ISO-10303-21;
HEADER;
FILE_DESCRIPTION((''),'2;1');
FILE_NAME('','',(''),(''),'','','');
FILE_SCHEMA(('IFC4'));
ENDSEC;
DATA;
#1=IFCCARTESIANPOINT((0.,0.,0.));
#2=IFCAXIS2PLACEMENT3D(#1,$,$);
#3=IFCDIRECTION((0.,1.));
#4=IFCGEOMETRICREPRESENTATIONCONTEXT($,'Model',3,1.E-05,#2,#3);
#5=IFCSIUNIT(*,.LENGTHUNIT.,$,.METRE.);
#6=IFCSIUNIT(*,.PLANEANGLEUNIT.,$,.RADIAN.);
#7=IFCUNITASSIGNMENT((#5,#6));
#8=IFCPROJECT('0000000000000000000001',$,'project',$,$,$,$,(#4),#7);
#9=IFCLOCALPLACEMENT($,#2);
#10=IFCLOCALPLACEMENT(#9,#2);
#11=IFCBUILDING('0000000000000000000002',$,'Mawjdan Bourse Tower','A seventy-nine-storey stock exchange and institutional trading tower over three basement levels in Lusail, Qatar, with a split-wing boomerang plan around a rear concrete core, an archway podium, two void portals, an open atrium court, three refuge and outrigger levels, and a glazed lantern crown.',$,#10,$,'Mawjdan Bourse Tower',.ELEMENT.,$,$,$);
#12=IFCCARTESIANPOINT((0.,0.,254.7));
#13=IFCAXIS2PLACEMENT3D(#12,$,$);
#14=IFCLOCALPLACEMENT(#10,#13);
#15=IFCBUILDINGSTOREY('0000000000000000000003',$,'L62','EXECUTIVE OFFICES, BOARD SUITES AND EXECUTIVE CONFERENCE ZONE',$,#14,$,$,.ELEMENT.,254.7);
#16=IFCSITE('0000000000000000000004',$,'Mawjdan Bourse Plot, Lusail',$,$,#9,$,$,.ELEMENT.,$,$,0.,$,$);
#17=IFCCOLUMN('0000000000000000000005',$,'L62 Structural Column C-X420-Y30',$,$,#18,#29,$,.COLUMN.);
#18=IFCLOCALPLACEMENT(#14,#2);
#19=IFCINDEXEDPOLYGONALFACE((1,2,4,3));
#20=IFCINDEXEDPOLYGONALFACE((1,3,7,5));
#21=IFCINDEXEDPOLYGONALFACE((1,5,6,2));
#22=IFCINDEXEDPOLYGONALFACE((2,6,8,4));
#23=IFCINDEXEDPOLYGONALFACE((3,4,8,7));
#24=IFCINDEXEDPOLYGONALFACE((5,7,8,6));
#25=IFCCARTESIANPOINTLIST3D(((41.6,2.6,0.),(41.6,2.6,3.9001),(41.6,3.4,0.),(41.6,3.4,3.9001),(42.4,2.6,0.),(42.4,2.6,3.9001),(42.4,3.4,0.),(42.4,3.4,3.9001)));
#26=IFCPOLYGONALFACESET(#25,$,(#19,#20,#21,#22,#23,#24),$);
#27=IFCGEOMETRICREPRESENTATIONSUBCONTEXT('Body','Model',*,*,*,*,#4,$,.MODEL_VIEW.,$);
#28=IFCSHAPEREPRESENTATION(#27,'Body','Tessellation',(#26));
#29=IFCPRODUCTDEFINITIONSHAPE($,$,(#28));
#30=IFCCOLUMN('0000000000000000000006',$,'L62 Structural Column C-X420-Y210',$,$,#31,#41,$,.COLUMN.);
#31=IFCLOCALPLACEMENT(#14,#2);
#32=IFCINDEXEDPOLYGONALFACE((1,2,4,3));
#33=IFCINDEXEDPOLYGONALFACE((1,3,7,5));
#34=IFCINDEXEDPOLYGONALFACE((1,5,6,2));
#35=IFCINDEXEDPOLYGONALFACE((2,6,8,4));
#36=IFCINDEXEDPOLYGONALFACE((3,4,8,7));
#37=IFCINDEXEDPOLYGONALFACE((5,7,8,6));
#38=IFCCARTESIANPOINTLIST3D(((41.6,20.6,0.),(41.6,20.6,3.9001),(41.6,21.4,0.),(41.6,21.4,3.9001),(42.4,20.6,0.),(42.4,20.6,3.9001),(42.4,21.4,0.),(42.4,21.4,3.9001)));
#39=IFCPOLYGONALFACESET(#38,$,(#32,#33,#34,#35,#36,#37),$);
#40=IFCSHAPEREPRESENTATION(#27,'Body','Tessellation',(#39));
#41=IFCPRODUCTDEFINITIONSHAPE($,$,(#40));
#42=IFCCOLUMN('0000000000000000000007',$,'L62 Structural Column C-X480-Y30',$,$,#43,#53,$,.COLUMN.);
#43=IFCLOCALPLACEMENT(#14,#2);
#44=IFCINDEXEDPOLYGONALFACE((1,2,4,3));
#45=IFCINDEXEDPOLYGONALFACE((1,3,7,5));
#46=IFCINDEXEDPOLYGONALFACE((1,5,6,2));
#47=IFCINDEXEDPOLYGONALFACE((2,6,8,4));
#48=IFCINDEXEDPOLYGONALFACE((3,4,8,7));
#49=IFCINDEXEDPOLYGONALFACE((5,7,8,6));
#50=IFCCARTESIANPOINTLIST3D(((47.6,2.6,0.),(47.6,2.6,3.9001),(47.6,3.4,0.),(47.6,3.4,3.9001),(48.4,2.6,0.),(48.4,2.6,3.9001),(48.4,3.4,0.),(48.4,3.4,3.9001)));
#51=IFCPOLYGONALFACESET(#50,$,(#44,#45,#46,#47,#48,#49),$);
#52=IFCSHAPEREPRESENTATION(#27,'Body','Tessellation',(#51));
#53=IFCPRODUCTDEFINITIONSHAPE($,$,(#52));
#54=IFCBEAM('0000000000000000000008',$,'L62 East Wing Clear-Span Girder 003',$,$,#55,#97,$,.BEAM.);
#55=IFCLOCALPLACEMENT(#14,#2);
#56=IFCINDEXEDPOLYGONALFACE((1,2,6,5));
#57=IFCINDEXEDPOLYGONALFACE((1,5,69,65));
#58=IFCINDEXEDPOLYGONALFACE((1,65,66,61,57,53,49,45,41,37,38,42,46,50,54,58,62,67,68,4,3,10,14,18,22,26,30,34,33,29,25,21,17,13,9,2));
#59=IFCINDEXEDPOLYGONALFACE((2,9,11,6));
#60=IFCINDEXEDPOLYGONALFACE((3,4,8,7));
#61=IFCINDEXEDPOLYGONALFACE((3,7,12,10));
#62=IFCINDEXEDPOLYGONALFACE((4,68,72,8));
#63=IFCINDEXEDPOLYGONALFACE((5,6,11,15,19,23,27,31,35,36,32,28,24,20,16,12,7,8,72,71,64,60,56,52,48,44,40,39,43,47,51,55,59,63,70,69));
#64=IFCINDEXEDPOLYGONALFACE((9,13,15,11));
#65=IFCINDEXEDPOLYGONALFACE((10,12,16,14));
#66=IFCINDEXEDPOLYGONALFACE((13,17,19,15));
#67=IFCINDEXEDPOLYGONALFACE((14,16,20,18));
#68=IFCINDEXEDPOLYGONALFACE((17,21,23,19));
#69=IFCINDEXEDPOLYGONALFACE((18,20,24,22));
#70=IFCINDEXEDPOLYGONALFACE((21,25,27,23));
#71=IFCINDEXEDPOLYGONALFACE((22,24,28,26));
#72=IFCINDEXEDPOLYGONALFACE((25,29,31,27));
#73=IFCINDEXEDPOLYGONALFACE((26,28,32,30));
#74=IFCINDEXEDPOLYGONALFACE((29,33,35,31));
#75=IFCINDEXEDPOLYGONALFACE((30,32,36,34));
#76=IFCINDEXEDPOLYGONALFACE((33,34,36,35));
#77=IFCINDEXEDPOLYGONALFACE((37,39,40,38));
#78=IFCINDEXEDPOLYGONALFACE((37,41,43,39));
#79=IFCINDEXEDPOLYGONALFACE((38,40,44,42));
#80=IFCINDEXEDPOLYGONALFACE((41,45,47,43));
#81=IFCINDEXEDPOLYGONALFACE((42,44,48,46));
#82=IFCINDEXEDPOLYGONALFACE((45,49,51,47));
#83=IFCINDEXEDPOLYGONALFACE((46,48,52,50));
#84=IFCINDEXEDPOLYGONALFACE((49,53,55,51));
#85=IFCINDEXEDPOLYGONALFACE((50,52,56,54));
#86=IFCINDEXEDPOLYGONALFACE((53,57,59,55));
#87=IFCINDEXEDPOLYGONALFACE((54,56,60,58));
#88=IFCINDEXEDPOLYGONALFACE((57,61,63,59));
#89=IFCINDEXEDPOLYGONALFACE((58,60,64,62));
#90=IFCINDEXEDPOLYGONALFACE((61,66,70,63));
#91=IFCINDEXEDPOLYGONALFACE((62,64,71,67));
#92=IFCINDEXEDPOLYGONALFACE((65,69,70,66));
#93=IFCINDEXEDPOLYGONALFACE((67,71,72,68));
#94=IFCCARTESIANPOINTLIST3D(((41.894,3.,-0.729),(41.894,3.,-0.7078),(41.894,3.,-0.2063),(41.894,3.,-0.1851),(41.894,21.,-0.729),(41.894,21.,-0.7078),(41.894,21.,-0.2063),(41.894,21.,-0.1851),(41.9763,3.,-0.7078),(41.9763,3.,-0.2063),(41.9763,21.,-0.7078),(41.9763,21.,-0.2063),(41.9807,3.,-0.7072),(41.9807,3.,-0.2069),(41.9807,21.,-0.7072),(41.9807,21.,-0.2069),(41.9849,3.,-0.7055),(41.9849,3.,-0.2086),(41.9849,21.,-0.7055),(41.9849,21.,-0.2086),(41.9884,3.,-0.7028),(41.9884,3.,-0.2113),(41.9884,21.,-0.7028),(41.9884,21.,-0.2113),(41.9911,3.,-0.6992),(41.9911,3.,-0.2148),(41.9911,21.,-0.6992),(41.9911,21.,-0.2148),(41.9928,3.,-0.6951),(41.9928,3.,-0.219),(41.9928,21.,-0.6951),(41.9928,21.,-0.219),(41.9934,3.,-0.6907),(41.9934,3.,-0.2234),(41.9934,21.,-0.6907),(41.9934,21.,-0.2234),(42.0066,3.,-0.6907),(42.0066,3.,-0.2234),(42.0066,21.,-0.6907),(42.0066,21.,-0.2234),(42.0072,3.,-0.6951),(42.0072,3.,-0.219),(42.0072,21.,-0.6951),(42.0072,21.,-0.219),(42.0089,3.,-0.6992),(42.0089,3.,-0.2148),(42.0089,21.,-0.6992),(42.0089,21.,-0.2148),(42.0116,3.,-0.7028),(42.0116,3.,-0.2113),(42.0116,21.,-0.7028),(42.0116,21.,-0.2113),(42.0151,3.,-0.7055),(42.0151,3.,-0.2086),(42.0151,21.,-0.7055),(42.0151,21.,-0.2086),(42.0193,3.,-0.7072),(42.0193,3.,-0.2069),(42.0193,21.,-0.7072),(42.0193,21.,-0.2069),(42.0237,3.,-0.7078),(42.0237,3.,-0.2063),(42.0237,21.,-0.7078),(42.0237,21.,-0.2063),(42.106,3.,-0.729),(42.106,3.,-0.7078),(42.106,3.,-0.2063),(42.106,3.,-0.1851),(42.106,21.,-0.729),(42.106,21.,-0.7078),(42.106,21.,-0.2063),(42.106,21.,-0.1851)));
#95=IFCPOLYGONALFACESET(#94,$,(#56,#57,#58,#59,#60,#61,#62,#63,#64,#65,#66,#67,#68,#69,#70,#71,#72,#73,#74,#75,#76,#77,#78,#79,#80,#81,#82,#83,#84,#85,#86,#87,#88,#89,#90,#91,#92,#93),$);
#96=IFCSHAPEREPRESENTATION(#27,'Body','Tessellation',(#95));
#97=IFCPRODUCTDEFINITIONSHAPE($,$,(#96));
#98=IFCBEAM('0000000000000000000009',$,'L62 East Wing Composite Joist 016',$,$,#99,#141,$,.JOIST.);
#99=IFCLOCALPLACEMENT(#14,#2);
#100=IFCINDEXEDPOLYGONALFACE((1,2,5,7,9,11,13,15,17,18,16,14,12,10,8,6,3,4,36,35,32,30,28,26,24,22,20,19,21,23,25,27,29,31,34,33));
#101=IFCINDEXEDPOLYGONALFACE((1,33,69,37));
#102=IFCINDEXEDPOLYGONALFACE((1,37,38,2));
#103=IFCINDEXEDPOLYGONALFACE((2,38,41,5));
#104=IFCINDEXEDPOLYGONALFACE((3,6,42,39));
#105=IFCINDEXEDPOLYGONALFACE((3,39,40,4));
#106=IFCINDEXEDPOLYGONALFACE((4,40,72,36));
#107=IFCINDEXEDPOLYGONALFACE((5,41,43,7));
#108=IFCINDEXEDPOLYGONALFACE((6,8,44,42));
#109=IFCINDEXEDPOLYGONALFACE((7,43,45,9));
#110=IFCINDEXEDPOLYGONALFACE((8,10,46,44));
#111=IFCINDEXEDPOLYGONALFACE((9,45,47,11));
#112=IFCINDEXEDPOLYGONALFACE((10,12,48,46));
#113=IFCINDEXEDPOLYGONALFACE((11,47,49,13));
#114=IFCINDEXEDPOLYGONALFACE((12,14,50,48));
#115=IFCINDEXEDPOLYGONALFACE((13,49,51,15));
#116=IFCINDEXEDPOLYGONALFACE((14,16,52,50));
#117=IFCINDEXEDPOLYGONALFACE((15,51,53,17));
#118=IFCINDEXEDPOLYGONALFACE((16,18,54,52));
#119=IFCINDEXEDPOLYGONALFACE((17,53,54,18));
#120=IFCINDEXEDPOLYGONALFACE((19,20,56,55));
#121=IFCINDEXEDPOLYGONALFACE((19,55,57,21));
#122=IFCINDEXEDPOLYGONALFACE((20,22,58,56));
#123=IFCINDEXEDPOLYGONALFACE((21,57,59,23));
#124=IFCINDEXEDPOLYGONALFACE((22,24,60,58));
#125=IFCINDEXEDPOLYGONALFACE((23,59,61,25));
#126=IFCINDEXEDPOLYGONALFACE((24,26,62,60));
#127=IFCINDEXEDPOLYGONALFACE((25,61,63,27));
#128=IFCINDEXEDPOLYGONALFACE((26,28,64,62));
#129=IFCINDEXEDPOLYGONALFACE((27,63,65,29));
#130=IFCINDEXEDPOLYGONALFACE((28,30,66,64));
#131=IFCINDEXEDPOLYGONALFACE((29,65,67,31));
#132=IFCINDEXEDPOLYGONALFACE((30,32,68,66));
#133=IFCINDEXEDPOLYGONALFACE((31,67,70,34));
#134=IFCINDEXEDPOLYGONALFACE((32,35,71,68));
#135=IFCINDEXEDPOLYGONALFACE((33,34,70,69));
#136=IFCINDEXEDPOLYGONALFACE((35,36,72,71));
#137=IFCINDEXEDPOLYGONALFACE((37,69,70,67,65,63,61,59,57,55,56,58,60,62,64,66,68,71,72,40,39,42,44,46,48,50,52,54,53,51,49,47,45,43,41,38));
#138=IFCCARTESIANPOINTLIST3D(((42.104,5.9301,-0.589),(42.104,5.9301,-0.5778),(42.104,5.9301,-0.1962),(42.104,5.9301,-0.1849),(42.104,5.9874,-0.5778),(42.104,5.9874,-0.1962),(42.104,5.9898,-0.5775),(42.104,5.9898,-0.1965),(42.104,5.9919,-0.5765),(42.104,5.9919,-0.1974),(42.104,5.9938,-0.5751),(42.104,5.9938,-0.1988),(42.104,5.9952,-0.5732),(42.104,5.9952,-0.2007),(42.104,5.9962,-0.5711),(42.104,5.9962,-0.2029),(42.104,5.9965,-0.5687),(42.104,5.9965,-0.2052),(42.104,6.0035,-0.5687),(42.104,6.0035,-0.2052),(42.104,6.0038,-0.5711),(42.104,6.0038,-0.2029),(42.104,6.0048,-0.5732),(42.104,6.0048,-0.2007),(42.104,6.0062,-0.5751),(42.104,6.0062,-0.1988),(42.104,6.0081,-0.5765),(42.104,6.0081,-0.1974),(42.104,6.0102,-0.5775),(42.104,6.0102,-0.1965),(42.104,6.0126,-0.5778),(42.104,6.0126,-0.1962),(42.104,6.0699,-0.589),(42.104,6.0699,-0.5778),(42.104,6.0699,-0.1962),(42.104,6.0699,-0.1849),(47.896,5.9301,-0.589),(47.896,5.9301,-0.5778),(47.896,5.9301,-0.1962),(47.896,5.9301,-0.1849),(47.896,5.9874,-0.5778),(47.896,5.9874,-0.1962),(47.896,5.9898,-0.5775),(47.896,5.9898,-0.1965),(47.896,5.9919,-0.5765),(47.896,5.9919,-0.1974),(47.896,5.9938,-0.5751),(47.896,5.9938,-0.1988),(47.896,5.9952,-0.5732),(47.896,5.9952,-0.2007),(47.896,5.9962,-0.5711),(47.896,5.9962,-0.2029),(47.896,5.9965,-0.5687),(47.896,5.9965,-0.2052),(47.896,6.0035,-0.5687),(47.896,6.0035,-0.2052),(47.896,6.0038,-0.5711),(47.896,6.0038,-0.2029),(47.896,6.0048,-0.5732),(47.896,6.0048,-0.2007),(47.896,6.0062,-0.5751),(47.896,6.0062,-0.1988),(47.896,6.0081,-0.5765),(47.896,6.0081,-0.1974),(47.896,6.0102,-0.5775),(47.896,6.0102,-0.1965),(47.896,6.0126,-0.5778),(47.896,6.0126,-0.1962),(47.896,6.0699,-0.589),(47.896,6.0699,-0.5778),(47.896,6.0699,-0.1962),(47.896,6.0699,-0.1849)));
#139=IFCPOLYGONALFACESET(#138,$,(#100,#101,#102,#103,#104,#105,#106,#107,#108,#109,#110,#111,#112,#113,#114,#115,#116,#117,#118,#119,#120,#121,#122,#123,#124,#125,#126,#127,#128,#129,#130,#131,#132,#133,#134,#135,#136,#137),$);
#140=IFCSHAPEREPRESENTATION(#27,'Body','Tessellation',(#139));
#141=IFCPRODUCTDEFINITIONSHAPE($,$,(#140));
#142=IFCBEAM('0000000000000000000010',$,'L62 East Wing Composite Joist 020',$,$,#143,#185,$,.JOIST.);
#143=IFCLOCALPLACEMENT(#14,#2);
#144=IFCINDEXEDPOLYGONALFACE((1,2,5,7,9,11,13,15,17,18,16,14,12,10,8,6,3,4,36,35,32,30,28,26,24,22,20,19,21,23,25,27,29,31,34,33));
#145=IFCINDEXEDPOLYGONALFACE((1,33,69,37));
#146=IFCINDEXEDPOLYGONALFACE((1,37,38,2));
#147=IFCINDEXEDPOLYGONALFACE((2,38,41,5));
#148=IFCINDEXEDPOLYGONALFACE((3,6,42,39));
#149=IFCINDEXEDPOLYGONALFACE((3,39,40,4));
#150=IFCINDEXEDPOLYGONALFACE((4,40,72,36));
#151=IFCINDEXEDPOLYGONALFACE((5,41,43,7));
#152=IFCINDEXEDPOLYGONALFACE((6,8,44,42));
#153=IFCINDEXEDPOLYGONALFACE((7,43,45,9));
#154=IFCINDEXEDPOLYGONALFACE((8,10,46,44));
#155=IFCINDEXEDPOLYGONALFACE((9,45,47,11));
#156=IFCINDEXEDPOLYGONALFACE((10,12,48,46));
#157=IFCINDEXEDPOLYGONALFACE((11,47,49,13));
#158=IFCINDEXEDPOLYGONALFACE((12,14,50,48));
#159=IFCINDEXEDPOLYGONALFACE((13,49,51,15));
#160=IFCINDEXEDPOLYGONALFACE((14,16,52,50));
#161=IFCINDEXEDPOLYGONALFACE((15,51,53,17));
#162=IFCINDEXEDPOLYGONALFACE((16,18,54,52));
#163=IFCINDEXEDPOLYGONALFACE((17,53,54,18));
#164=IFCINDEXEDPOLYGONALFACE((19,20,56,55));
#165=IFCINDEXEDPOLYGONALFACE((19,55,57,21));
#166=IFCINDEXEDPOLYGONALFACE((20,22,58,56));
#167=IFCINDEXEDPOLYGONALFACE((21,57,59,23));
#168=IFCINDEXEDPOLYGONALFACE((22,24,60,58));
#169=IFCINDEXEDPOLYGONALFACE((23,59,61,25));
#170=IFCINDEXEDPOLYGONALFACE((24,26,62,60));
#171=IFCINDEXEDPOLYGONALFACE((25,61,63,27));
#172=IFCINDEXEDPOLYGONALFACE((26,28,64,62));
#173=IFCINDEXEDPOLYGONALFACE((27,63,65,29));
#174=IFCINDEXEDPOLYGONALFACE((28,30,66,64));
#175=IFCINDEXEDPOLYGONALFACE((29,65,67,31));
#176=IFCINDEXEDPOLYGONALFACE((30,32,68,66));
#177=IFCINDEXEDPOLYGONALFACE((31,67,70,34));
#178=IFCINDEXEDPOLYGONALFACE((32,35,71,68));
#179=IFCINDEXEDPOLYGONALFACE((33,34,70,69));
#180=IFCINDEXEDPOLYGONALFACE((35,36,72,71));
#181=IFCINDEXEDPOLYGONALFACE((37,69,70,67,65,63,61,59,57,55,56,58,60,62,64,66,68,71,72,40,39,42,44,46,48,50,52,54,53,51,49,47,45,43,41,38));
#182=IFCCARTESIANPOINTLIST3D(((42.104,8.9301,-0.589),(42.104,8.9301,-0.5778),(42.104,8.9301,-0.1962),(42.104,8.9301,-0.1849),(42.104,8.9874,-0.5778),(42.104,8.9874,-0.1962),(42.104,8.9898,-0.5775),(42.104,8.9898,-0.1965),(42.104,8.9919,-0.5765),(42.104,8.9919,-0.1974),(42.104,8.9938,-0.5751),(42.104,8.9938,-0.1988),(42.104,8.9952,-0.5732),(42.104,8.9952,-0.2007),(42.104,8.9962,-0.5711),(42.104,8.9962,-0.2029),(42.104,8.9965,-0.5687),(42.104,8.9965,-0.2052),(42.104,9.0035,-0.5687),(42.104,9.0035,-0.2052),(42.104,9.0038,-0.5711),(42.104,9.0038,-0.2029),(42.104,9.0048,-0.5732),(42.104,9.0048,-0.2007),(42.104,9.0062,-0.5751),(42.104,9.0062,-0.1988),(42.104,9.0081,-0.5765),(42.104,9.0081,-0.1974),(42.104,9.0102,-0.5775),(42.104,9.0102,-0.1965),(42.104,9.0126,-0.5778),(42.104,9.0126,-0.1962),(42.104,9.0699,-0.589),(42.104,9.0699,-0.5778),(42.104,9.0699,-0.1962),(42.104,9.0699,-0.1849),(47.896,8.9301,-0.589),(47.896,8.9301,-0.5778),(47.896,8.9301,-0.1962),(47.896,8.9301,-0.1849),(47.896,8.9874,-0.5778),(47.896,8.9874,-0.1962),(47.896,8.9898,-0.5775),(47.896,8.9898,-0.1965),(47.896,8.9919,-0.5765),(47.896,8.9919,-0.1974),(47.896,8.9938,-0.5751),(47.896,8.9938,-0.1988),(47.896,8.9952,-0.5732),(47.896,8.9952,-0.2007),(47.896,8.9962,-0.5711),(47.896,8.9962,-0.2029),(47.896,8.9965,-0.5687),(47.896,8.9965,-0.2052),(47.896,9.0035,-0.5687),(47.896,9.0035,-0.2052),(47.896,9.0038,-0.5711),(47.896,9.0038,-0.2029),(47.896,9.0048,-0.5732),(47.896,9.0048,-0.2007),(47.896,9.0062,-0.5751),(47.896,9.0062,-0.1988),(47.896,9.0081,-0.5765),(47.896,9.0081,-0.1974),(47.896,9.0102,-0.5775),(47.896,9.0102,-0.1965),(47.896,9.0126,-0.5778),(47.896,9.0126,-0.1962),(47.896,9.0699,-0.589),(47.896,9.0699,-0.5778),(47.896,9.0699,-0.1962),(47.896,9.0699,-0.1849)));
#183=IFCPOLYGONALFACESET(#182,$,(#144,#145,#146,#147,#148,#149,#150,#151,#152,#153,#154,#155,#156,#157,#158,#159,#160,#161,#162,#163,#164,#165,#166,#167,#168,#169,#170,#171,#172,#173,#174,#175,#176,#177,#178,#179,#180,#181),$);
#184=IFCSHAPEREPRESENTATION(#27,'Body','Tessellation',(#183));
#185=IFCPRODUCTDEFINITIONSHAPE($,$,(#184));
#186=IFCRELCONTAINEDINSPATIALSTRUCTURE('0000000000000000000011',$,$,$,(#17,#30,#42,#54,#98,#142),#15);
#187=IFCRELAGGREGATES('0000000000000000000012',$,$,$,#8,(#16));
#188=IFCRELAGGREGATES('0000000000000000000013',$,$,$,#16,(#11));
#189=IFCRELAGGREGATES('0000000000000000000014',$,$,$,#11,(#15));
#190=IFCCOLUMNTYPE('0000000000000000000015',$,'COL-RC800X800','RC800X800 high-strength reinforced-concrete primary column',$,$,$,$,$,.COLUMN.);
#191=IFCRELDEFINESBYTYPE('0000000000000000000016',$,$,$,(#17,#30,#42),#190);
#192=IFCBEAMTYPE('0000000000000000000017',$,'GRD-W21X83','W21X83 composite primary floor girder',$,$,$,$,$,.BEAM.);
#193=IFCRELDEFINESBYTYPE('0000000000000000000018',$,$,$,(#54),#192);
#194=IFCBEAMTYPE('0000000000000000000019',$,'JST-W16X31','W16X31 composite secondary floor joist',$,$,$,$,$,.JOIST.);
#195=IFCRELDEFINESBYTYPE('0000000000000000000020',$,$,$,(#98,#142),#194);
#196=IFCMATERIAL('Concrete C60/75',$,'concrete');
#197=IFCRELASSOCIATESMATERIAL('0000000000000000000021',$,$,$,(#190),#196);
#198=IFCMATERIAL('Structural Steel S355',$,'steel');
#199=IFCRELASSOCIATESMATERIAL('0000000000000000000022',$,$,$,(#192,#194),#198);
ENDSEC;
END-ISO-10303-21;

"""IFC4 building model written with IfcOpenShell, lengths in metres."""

from ifc_helpers import new_model, si_unit, direction, frame, origin, origin_2d, place, context, subcontext, project, spatial, rectangle, i_section, extrude, material, material_profile, profile_set, type_object, element, save


model = new_model("IFC4")

# Units and contexts
model_context = context("Model", 3, precision=1e-05, world=origin(), true_north=direction((0.0, 1.0)))
body_context = subcontext(model_context, "Body", "Model", "MODEL_VIEW")
ifc_project = project(units=[si_unit("LENGTHUNIT", "METRE"), si_unit("PLANEANGLEUNIT", "RADIAN")], contexts=[model_context])

# Site, building, storey
site_placement = place(None, origin())
site = spatial("IfcSite", under=ifc_project, at=site_placement, Name="Mawjdan Bourse Plot, Lusail", CompositionType="ELEMENT", RefElevation=0.0)
building_placement = place(site_placement, origin())
building = spatial("IfcBuilding", under=site, at=building_placement, Name="Mawjdan Bourse Tower", Description="A seventy-nine-storey stock exchange and institutional trading tower over three basement levels in Lusail, Qatar, with a split-wing boomerang plan around a rear concrete core, an archway podium, two void portals, an open atrium court, three refuge and outrigger levels, and a glazed lantern crown.", LongName="Mawjdan Bourse Tower", CompositionType="ELEMENT")
storey_placement = place(building_placement, frame((0.0, 0.0, 254.7)))
storey = spatial("IfcBuildingStorey", under=building, at=storey_placement, Name="L62", Description="EXECUTIVE OFFICES, BOARD SUITES AND EXECUTIVE CONFERENCE ZONE", CompositionType="ELEMENT", Elevation=254.7)

# Columns
ifc_material_1 = material(Name="Concrete C60/75", Category="concrete")
ifc_material_profile_1 = material_profile(ifc_material_1, rectangle(XDim=0.8, YDim=0.8, at=origin_2d()), Name="RC800X800")
ifc_profile_set_1 = profile_set([ifc_material_profile_1], Name="Concrete C60/75")
column_type = type_object("IfcColumnType", Name="COL-RC800X800", Description="RC800X800 high-strength reinforced-concrete primary column", PredefinedType="COLUMN", material=ifc_profile_set_1)
for number, where, z_axis, x_axis, name in (
    (1, (42.0, 3.0, 0.0), (0.0, 0.0, 1.0), (1.0, 0.0, 0.0), "L62 Structural Column C-X420-Y30"),
    (2, (42.0, 21.0, 0.0), (0.0, 0.0, 1.0), (1.0, 0.0, 0.0), "L62 Structural Column C-X420-Y210"),
    (3, (48.0, 3.0, 0.0), (0.0, 0.0, 1.0), (1.0, 0.0, 0.0), "L62 Structural Column C-X480-Y30"),
):
    element("IfcColumn", number, at=place(storey_placement, frame(where, z_axis=z_axis, x_axis=x_axis)), inside=storey, type_object=column_type, Name=name, PredefinedType="COLUMN", context=body_context, shape_type="SweptSolid", body=[
        extrude(rectangle(XDim=0.8, YDim=0.8, at=origin_2d()), origin(), (0.0, 0.0, 1.0), 3.9001),
    ])

# Beams
ifc_material_2 = material(Name="Structural Steel S355", Category="steel")
ifc_material_profile_2 = material_profile(ifc_material_2, i_section(OverallWidth=0.2119, OverallDepth=0.5439, WebThickness=0.0132, FlangeThickness=0.0212, FilletRadius=0.0171, at=origin_2d()), Name="W21X83")
ifc_profile_set_2 = profile_set([ifc_material_profile_2], Name="Structural Steel S355")
beam_type_1 = type_object("IfcBeamType", Name="GRD-W21X83", Description="W21X83 composite primary floor girder", PredefinedType="BEAM", material=ifc_profile_set_2)
beam_placement = place(storey_placement, frame((42.0, 3.0, -0.457), z_axis=(0.0, 1.0, 0.0), x_axis=(-1.0, 0.0, 0.0)))
element("IfcBeam", 4, at=beam_placement, inside=storey, type_object=beam_type_1, Name="L62 East Wing Clear-Span Girder 003", PredefinedType="BEAM", context=body_context, shape_type="SweptSolid", body=[
    extrude(i_section(OverallWidth=0.2119, OverallDepth=0.5439, WebThickness=0.0132, FlangeThickness=0.0212, FilletRadius=0.0171, at=origin_2d()), origin(), (0.0, 0.0, 1.0), 18.0),
])
ifc_material_profile_3 = material_profile(ifc_material_2, i_section(OverallWidth=0.1399, OverallDepth=0.4041, WebThickness=0.0071, FlangeThickness=0.0112, FilletRadius=0.009, at=origin_2d()), Name="W16X31")
ifc_profile_set_3 = profile_set([ifc_material_profile_3], Name="Structural Steel S355")
beam_type_2 = type_object("IfcBeamType", Name="JST-W16X31", Description="W16X31 composite secondary floor joist", PredefinedType="JOIST", material=ifc_profile_set_3)
for number, where, z_axis, x_axis, name in (
    (5, (42.104, 6.0, -0.387), (1.0, 0.0, 0.0), (0.0, 1.0, 0.0), "L62 East Wing Composite Joist 016"),
    (6, (42.104, 9.0, -0.387), (1.0, 0.0, 0.0), (0.0, 1.0, 0.0), "L62 East Wing Composite Joist 020"),
):
    element("IfcBeam", number, at=place(storey_placement, frame(where, z_axis=z_axis, x_axis=x_axis)), inside=storey, type_object=beam_type_2, Name=name, PredefinedType="JOIST", context=body_context, shape_type="SweptSolid", body=[
        extrude(i_section(OverallWidth=0.1399, OverallDepth=0.4041, WebThickness=0.0071, FlangeThickness=0.0112, FilletRadius=0.009, at=origin_2d()), origin(), (0.0, 0.0, 1.0), 5.792),
    ])

save(model, "model.ifc")
